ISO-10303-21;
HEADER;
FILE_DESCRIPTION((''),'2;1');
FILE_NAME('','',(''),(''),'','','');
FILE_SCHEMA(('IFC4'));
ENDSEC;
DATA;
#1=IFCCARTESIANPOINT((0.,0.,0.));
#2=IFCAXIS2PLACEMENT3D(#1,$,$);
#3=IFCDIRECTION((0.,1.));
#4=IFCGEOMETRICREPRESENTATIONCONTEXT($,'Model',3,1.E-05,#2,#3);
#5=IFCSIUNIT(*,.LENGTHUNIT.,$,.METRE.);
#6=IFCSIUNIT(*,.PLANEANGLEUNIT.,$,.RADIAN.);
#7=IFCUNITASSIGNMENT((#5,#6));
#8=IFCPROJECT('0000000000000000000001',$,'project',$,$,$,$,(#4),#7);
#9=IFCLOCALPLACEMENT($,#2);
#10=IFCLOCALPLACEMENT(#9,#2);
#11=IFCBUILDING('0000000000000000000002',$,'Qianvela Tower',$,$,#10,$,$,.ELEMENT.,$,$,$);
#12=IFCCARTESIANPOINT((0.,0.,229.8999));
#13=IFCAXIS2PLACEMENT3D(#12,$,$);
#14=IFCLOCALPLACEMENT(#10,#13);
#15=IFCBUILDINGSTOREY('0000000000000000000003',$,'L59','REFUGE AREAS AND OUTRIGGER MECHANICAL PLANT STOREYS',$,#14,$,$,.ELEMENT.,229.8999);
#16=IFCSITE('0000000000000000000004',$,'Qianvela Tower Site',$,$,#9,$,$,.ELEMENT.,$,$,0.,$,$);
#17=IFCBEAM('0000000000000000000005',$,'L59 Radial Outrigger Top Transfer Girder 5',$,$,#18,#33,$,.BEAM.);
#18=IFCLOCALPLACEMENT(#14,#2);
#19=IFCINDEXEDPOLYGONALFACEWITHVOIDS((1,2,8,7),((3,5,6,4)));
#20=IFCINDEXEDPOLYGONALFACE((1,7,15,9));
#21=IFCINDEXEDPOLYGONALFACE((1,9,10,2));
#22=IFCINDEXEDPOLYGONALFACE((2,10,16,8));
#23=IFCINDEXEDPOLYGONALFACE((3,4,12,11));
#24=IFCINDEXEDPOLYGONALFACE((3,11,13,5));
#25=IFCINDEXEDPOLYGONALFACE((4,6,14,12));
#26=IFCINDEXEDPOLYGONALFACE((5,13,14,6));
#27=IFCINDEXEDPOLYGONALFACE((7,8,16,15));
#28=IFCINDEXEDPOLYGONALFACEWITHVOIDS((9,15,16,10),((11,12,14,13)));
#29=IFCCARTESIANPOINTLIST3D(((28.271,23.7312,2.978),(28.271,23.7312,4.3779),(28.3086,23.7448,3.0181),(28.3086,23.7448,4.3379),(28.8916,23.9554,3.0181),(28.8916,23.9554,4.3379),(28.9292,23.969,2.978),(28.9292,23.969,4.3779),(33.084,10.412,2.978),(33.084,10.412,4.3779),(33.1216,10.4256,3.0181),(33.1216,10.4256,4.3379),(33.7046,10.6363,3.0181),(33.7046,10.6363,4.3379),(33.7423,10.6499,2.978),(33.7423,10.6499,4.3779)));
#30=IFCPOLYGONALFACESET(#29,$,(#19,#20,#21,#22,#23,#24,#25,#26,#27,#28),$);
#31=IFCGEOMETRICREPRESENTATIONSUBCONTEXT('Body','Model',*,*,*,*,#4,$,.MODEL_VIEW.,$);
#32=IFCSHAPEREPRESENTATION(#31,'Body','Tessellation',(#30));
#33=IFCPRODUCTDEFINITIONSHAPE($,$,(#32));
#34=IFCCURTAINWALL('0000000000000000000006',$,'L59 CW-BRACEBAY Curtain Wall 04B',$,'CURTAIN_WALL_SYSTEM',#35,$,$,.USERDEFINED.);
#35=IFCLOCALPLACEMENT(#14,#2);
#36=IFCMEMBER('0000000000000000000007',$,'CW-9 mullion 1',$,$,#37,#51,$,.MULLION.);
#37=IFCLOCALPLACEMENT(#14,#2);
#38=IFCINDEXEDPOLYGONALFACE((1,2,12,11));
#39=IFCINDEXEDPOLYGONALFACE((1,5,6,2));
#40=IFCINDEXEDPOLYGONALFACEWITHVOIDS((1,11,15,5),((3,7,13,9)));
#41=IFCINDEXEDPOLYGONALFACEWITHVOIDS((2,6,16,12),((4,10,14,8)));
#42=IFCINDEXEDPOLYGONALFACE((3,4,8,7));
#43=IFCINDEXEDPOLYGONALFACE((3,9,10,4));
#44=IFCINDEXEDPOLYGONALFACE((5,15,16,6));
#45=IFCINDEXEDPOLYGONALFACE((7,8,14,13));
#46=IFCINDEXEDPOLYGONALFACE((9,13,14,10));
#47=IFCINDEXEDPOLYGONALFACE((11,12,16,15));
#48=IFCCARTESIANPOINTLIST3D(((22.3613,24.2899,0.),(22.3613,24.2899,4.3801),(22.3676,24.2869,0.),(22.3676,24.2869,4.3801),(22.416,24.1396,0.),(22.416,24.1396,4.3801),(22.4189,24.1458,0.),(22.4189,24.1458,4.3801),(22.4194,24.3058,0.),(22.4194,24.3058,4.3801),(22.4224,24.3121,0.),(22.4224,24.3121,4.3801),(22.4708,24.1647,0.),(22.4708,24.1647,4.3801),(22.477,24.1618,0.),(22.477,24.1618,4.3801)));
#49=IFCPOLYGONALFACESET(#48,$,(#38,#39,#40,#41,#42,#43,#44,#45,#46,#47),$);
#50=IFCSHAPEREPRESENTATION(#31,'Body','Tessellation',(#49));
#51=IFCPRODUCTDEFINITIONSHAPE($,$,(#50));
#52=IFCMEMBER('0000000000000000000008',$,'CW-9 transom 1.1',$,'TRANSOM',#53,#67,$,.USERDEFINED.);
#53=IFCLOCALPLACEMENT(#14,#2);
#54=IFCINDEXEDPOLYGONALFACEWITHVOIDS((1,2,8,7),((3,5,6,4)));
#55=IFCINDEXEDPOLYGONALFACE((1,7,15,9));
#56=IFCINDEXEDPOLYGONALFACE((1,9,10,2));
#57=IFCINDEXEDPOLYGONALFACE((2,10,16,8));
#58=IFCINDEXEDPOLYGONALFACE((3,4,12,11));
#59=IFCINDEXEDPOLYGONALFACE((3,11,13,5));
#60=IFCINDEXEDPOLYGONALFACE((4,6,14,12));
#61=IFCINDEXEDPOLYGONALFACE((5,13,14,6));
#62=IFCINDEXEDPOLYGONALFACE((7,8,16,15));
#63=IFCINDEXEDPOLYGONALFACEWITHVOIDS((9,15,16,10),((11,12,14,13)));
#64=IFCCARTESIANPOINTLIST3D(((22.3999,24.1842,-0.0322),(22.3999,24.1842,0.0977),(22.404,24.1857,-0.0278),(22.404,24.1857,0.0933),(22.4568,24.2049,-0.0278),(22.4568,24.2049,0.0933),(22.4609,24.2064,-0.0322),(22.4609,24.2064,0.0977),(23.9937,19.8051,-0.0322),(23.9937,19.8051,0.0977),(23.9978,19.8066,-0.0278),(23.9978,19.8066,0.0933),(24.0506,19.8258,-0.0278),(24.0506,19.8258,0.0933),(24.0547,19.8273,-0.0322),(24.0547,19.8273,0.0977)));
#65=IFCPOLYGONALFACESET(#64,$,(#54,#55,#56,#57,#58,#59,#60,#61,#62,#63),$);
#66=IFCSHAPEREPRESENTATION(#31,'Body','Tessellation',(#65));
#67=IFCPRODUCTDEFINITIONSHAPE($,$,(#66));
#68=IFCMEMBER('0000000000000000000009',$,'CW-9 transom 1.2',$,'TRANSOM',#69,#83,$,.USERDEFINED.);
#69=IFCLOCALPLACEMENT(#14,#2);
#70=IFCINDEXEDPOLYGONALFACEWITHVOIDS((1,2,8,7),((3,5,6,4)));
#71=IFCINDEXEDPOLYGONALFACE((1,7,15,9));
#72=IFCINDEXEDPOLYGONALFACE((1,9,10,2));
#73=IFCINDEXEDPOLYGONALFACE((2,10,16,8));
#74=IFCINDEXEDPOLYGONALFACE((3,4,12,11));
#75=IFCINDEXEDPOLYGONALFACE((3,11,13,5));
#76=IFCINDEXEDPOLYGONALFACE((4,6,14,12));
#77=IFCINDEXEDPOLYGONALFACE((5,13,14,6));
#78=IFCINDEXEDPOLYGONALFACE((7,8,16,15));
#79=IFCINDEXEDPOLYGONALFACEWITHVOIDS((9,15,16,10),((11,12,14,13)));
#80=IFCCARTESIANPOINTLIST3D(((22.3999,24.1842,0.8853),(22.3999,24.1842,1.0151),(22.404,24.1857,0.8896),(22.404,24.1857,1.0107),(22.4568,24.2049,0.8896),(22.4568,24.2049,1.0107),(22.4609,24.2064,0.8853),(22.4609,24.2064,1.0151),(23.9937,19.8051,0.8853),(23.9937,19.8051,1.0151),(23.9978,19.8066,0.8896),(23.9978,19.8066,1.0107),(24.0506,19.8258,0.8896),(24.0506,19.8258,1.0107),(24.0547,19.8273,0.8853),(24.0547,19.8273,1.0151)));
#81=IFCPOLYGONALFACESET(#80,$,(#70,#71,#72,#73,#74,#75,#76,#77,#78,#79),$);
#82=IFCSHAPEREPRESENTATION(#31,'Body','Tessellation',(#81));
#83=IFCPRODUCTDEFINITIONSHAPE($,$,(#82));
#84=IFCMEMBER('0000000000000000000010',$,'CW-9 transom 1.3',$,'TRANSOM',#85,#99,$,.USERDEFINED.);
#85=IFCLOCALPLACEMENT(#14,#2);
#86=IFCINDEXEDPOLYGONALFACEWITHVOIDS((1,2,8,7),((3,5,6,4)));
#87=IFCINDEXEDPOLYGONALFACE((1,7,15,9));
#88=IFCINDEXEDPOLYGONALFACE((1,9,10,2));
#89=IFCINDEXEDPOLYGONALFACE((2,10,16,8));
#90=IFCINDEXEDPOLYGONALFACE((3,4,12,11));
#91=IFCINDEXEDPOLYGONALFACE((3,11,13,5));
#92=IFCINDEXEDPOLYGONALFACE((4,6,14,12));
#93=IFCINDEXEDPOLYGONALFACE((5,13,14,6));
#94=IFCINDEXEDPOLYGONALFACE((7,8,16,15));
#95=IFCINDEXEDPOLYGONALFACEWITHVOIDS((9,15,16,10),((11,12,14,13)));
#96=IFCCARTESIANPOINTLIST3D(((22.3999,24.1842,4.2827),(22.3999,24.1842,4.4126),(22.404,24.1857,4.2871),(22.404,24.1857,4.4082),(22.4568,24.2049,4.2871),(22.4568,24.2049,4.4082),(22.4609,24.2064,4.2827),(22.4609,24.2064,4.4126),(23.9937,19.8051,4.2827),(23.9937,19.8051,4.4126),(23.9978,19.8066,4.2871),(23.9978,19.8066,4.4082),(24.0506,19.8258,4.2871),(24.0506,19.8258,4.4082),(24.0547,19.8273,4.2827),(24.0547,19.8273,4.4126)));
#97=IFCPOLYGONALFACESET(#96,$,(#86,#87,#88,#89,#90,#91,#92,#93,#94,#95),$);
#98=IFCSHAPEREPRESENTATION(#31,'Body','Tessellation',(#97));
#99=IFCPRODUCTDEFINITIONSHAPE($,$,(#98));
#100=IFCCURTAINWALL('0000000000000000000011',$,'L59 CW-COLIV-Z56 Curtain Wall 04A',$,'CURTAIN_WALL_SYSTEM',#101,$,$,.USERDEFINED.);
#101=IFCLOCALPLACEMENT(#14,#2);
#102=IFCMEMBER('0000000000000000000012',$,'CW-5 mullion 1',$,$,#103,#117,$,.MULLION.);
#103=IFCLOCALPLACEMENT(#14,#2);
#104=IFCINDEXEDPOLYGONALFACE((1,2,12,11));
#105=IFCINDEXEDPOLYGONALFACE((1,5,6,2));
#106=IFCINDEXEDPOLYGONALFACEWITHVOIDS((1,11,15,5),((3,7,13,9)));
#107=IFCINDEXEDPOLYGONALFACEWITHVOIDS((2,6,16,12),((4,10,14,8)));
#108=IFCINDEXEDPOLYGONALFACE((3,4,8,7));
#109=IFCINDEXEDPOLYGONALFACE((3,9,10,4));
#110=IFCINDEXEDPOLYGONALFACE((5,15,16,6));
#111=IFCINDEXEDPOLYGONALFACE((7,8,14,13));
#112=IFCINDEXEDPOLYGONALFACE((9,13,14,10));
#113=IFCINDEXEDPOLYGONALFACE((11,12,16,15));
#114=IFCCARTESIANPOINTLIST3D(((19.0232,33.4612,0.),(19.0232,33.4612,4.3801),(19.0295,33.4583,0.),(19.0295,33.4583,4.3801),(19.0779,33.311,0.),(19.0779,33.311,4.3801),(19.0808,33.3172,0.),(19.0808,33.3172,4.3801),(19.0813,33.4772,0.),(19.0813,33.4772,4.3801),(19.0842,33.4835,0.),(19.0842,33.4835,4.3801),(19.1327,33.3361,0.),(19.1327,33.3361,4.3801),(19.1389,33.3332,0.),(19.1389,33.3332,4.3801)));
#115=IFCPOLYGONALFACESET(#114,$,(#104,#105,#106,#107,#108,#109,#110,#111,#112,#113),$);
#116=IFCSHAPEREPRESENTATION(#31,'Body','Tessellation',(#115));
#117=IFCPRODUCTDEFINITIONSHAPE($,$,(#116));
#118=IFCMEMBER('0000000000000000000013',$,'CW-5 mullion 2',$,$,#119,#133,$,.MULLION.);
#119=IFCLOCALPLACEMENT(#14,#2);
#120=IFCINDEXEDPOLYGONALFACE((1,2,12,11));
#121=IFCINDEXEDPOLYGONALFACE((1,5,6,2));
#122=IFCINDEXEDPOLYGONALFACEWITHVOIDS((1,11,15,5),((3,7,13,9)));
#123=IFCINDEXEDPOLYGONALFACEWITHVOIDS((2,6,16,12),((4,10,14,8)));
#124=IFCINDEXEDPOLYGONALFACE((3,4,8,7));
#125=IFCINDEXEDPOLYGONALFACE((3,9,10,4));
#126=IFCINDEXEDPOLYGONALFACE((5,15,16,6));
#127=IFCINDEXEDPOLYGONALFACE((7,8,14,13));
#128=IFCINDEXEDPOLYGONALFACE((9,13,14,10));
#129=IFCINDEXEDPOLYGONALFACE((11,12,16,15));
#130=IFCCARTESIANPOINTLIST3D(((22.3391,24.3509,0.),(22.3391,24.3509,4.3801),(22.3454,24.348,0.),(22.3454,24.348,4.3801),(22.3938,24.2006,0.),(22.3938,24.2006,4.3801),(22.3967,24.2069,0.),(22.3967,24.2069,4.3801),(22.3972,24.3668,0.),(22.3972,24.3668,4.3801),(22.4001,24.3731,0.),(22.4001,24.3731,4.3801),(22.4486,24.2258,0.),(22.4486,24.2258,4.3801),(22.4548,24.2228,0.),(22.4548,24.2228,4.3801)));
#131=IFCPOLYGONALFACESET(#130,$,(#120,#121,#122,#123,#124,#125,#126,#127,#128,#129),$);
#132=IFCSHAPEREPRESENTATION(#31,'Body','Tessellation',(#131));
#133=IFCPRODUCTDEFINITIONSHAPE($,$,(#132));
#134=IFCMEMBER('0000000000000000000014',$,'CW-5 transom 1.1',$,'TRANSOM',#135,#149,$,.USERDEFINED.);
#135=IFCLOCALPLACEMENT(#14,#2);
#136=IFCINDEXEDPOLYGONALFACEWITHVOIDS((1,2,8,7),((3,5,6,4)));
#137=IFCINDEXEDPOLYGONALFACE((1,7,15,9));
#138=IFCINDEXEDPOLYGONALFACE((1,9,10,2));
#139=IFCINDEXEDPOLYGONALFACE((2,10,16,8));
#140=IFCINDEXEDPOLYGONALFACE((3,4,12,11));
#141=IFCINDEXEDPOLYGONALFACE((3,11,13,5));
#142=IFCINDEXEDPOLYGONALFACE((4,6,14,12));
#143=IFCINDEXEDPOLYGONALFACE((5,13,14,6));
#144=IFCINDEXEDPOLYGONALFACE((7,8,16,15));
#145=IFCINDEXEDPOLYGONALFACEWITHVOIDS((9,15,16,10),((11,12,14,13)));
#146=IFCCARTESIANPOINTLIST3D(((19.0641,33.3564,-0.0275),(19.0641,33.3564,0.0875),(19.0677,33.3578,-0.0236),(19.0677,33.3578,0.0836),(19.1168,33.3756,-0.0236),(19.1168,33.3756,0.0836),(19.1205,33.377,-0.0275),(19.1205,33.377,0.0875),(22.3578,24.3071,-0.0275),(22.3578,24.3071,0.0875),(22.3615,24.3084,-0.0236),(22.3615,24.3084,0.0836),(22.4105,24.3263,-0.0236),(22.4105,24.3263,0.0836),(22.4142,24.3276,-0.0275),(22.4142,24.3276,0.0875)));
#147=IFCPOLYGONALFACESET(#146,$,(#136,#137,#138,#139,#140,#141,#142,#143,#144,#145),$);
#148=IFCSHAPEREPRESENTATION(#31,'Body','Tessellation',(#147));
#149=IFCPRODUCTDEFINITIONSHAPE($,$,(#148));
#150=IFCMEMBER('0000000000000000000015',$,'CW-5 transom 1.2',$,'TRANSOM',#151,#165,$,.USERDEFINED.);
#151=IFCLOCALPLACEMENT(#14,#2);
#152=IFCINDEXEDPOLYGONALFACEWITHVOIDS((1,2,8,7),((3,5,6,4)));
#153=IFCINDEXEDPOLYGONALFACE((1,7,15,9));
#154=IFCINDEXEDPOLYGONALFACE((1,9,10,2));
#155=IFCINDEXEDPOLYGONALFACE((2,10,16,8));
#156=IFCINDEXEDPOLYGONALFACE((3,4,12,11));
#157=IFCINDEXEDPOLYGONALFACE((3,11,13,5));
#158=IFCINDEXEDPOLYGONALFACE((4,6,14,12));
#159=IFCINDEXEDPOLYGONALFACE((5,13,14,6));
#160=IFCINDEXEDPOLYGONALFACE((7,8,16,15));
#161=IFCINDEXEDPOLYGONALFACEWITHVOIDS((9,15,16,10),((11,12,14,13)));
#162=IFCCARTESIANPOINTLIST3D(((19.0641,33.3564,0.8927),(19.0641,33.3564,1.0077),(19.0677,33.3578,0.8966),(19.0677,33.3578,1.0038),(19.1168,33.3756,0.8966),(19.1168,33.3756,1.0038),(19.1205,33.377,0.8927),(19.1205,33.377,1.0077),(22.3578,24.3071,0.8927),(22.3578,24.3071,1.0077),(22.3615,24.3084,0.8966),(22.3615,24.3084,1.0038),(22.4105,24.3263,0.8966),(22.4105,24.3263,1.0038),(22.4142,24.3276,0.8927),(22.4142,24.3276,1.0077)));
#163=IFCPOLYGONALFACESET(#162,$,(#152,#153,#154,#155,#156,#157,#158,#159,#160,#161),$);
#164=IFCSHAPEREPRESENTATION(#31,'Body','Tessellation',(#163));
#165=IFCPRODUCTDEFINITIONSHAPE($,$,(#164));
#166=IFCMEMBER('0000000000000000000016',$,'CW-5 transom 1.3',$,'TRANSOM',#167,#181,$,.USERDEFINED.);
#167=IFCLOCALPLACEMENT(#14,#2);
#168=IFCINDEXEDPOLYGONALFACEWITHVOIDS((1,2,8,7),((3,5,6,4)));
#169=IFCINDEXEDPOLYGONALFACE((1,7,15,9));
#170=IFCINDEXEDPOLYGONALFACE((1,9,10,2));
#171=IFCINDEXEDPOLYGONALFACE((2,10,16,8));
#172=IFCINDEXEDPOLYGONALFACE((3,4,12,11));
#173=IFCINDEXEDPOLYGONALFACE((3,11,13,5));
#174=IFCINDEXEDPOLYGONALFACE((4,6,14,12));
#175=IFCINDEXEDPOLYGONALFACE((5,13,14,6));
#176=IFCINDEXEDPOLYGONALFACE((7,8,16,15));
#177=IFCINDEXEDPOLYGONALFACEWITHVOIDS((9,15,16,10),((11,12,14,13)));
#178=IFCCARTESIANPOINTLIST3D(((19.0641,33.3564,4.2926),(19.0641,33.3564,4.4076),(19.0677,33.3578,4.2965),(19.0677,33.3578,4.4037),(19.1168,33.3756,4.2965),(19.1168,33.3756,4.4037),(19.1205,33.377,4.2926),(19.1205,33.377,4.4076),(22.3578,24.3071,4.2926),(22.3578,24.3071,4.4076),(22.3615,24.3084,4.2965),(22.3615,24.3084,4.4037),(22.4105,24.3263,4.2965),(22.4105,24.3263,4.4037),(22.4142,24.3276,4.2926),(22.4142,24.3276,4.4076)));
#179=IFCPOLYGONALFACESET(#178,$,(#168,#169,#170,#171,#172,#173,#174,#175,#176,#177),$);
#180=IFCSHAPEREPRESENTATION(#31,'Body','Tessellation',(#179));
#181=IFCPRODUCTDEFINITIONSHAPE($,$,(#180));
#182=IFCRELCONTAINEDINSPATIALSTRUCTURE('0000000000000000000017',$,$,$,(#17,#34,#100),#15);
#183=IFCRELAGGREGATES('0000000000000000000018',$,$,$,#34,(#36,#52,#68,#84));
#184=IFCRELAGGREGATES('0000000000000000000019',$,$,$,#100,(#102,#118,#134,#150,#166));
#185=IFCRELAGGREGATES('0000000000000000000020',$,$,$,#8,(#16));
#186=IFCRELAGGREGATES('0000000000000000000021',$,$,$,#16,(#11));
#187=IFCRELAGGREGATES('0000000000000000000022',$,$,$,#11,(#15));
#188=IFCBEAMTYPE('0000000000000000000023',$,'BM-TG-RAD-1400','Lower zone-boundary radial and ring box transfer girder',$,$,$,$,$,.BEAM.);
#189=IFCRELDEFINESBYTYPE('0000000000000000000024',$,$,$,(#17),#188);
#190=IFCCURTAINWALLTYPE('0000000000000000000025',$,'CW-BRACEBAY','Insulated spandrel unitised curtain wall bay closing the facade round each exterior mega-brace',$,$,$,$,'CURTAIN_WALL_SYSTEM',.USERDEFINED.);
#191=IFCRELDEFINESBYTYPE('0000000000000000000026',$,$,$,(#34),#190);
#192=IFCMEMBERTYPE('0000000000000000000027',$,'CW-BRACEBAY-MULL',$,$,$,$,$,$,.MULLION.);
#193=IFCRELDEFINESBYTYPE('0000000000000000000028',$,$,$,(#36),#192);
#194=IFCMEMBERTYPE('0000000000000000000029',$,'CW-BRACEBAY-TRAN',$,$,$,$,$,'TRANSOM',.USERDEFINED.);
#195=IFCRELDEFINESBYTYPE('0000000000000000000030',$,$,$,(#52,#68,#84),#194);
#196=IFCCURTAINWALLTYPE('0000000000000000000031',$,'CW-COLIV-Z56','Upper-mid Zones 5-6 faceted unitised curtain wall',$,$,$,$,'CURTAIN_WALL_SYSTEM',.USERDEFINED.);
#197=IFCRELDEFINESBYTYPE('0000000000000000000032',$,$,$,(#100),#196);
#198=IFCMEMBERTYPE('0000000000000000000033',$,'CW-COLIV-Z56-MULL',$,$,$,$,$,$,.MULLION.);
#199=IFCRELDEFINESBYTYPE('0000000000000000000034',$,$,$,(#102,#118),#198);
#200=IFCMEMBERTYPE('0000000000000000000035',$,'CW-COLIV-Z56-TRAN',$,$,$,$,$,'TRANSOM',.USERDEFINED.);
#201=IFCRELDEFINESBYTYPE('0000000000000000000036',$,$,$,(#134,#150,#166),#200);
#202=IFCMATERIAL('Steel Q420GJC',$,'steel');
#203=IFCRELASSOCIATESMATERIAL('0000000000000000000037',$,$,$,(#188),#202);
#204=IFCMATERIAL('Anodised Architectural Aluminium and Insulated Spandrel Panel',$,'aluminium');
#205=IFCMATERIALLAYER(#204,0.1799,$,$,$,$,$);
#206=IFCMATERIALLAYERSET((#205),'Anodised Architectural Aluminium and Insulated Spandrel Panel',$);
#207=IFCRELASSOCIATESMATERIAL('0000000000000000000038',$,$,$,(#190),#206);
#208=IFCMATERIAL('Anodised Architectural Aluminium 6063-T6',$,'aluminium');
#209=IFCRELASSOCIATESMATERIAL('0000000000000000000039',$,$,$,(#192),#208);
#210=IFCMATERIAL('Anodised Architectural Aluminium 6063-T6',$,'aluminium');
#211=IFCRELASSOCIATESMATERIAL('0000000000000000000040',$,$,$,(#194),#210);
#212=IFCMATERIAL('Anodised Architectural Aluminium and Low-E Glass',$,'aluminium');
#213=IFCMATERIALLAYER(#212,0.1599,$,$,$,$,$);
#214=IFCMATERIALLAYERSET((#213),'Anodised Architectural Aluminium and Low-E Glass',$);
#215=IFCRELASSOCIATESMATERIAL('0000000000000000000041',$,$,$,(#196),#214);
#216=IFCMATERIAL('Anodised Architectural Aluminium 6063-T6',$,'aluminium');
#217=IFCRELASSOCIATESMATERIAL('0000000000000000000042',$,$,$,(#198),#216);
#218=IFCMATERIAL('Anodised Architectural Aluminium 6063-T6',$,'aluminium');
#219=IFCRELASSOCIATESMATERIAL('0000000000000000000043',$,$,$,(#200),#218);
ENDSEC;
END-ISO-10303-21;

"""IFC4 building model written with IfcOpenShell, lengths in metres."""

from ifc_helpers import new_model, si_unit, direction, frame, origin, origin_2d, place, context, subcontext, project, spatial, hollow_rectangle, extrude, material, layer, layer_set, material_profile, profile_set, type_object, element, aggregate, save


model = new_model("IFC4")

# Units and contexts
model_context = context("Model", 3, precision=1e-05, world=origin(), true_north=direction((0.0, 1.0)))
body_context = subcontext(model_context, "Body", "Model", "MODEL_VIEW")
ifc_project = project(units=[si_unit("LENGTHUNIT", "METRE"), si_unit("PLANEANGLEUNIT", "RADIAN")], contexts=[model_context])

# Site, building, storey
site_placement = place(None, origin())
site = spatial("IfcSite", under=ifc_project, at=site_placement, Name="Qianvela Tower Site", CompositionType="ELEMENT", RefElevation=0.0)
building_placement = place(site_placement, origin())
building = spatial("IfcBuilding", under=site, at=building_placement, Name="Qianvela Tower", CompositionType="ELEMENT")
storey_placement = place(building_placement, frame((0.0, 0.0, 229.8999)))
storey = spatial("IfcBuildingStorey", under=building, at=storey_placement, Name="L59", Description="REFUGE AREAS AND OUTRIGGER MECHANICAL PLANT STOREYS", CompositionType="ELEMENT", Elevation=229.8999)

# Beam
ifc_material_1 = material(Name="Steel Q420GJC", Category="steel")
ifc_material_profile_1 = material_profile(ifc_material_1, hollow_rectangle(XDim=0.7, YDim=1.3999, WallThickness=0.04, at=origin_2d()), Name="TG-BOX-1400x700x40")
ifc_profile_set_1 = profile_set([ifc_material_profile_1], Name="Steel Q420GJC")
beam_type = type_object("IfcBeamType", Name="BM-TG-RAD-1400", Description="Lower zone-boundary radial and ring box transfer girder", PredefinedType="BEAM", material=ifc_profile_set_1)
beam_placement = place(storey_placement, frame((28.6001, 23.8501, 3.678), z_axis=(0.339852, -0.940479, 0.0), x_axis=(0.940479, 0.339852, 0.0)))
element("IfcBeam", 1, at=beam_placement, inside=storey, type_object=beam_type, Name="L59 Radial Outrigger Top Transfer Girder 5", PredefinedType="BEAM", context=body_context, shape_type="SweptSolid", body=[
    extrude(hollow_rectangle(XDim=0.7, YDim=1.3999, WallThickness=0.04, at=origin_2d()), origin(), (0.0, 0.0, 1.0), 14.1621),
])

# Curtain wall, members
ifc_material_2 = material(Name="Anodised Architectural Aluminium and Insulated Spandrel Panel", Category="aluminium")
ifc_layer_1 = layer(ifc_material_2, 0.1799)
ifc_layer_set_1 = layer_set([ifc_layer_1], Name="Anodised Architectural Aluminium and Insulated Spandrel Panel")
curtain_wall_type_1 = type_object("IfcCurtainWallType", Name="CW-BRACEBAY", Description="Insulated spandrel unitised curtain wall bay closing the facade round each exterior mega-brace", ElementType="CURTAIN_WALL_SYSTEM", PredefinedType="USERDEFINED", material=ifc_layer_set_1)
curtain_wall_1_placement = place(storey_placement, origin())
curtain_wall_1 = element("IfcCurtainWall", 2, at=curtain_wall_1_placement, inside=storey, type_object=curtain_wall_type_1, Name="L59 CW-BRACEBAY Curtain Wall 04B", ObjectType="CURTAIN_WALL_SYSTEM", PredefinedType="USERDEFINED")
ifc_material_3 = material(Name="Anodised Architectural Aluminium 6063-T6", Category="aluminium")
ifc_material_profile_2 = material_profile(ifc_material_3, hollow_rectangle(XDim=0.0649, YDim=0.1599, WallThickness=0.0049, at=origin_2d()), Name="ALU-MULL-65x160")
ifc_profile_set_2 = profile_set([ifc_material_profile_2], Name="Anodised Architectural Aluminium 6063-T6")
member_type_1 = type_object("IfcMemberType", Name="CW-BRACEBAY-MULL", PredefinedType="MULLION", material=ifc_profile_set_2)
member_1_placement = place(storey_placement, frame((22.4192, 24.2258, 0.0), z_axis=(0.0, 0.0, 1.0), x_axis=(0.93969, 0.342026, 0.0)))
member_1 = element("IfcMember", 3, at=member_1_placement, type_object=member_type_1, Name="CW-9 mullion 1", PredefinedType="MULLION", context=body_context, shape_type="SweptSolid", body=[
    extrude(hollow_rectangle(XDim=0.0649, YDim=0.1599, WallThickness=0.0049, at=origin_2d()), origin(), (0.0, 0.0, 1.0), 4.3801),
])
ifc_material_4 = material(Name="Anodised Architectural Aluminium 6063-T6", Category="aluminium")
ifc_material_profile_3 = material_profile(ifc_material_4, hollow_rectangle(XDim=0.0649, YDim=0.1299, WallThickness=0.0044, at=origin_2d()), Name="ALU-TRAN-65x130")
ifc_profile_set_3 = profile_set([ifc_material_profile_3], Name="Anodised Architectural Aluminium 6063-T6")
member_type_2 = type_object("IfcMemberType", Name="CW-BRACEBAY-TRAN", ElementType="TRANSOM", PredefinedType="USERDEFINED", material=ifc_profile_set_3)
member_2_placement = place(storey_placement, frame((22.4304, 24.1953, 0.0327), z_axis=(0.341995, -0.939702, 0.0), x_axis=(0.939702, 0.341995, 0.0)))
member_2 = element("IfcMember", 4, at=member_2_placement, type_object=member_type_2, Name="CW-9 transom 1.1", ObjectType="TRANSOM", PredefinedType="USERDEFINED", context=body_context, shape_type="SweptSolid", body=[
    extrude(hollow_rectangle(XDim=0.0649, YDim=0.1299, WallThickness=0.0044, at=origin_2d()), origin(), (0.0, 0.0, 1.0), 4.6602),
])
member_3_placement = place(storey_placement, frame((22.4304, 24.1953, 0.9502), z_axis=(0.341995, -0.939702, 0.0), x_axis=(0.939702, 0.341995, 0.0)))
member_3 = element("IfcMember", 5, at=member_3_placement, type_object=member_type_2, Name="CW-9 transom 1.2", ObjectType="TRANSOM", PredefinedType="USERDEFINED", context=body_context, shape_type="SweptSolid", body=[
    extrude(hollow_rectangle(XDim=0.0649, YDim=0.1299, WallThickness=0.0044, at=origin_2d()), origin(), (0.0, 0.0, 1.0), 4.6602),
])
member_4_placement = place(storey_placement, frame((22.4304, 24.1953, 4.3477), z_axis=(0.341995, -0.939702, 0.0), x_axis=(0.939702, 0.341995, 0.0)))
member_4 = element("IfcMember", 6, at=member_4_placement, type_object=member_type_2, Name="CW-9 transom 1.3", ObjectType="TRANSOM", PredefinedType="USERDEFINED", context=body_context, shape_type="SweptSolid", body=[
    extrude(hollow_rectangle(XDim=0.0649, YDim=0.1299, WallThickness=0.0044, at=origin_2d()), origin(), (0.0, 0.0, 1.0), 4.6602),
])
aggregate(curtain_wall_1, [member_1, member_2, member_3, member_4])

# Curtain wall, members
ifc_material_5 = material(Name="Anodised Architectural Aluminium and Low-E Glass", Category="aluminium")
ifc_layer_2 = layer(ifc_material_5, 0.1599)
ifc_layer_set_2 = layer_set([ifc_layer_2], Name="Anodised Architectural Aluminium and Low-E Glass")
curtain_wall_type_2 = type_object("IfcCurtainWallType", Name="CW-COLIV-Z56", Description="Upper-mid Zones 5-6 faceted unitised curtain wall", ElementType="CURTAIN_WALL_SYSTEM", PredefinedType="USERDEFINED", material=ifc_layer_set_2)
curtain_wall_2_placement = place(storey_placement, origin())
curtain_wall_2 = element("IfcCurtainWall", 7, at=curtain_wall_2_placement, inside=storey, type_object=curtain_wall_type_2, Name="L59 CW-COLIV-Z56 Curtain Wall 04A", ObjectType="CURTAIN_WALL_SYSTEM", PredefinedType="USERDEFINED")
ifc_material_6 = material(Name="Anodised Architectural Aluminium 6063-T6", Category="aluminium")
ifc_material_profile_4 = material_profile(ifc_material_6, hollow_rectangle(XDim=0.0649, YDim=0.1599, WallThickness=0.0049, at=origin_2d()), Name="ALU-MULL-65x160")
ifc_profile_set_4 = profile_set([ifc_material_profile_4], Name="Anodised Architectural Aluminium 6063-T6")
member_type_3 = type_object("IfcMemberType", Name="CW-COLIV-Z56-MULL", PredefinedType="MULLION", material=ifc_profile_set_4)
member_5_placement = place(storey_placement, frame((19.0811, 33.3972, 0.0), z_axis=(0.0, 0.0, 1.0), x_axis=(0.939693, 0.342019, 0.0)))
member_5 = element("IfcMember", 8, at=member_5_placement, type_object=member_type_3, Name="CW-5 mullion 1", PredefinedType="MULLION", context=body_context, shape_type="SweptSolid", body=[
    extrude(hollow_rectangle(XDim=0.0649, YDim=0.1599, WallThickness=0.0049, at=origin_2d()), origin(), (0.0, 0.0, 1.0), 4.3801),
])
member_6_placement = place(storey_placement, frame((22.397, 24.2869, 0.0), z_axis=(0.0, 0.0, 1.0), x_axis=(0.939693, 0.342019, 0.0)))
member_6 = element("IfcMember", 9, at=member_6_placement, type_object=member_type_3, Name="CW-5 mullion 2", PredefinedType="MULLION", context=body_context, shape_type="SweptSolid", body=[
    extrude(hollow_rectangle(XDim=0.0649, YDim=0.1599, WallThickness=0.0049, at=origin_2d()), origin(), (0.0, 0.0, 1.0), 4.3801),
])
ifc_material_7 = material(Name="Anodised Architectural Aluminium 6063-T6", Category="aluminium")
ifc_material_profile_5 = material_profile(ifc_material_7, hollow_rectangle(XDim=0.0601, YDim=0.115, WallThickness=0.0039, at=origin_2d()), Name="ALU-TRAN-60x115")
ifc_profile_set_5 = profile_set([ifc_material_profile_5], Name="Anodised Architectural Aluminium 6063-T6")
member_type_4 = type_object("IfcMemberType", Name="CW-COLIV-Z56-TRAN", ElementType="TRANSOM", PredefinedType="USERDEFINED", material=ifc_profile_set_5)
member_7_placement = place(storey_placement, frame((19.0923, 33.3667, 0.03), z_axis=(0.342022, -0.939692, 0.0), x_axis=(0.939692, 0.342022, 0.0)))
member_7 = element("IfcMember", 10, at=member_7_placement, type_object=member_type_4, Name="CW-5 transom 1.1", ObjectType="TRANSOM", PredefinedType="USERDEFINED", context=body_context, shape_type="SweptSolid", body=[
    extrude(hollow_rectangle(XDim=0.0601, YDim=0.115, WallThickness=0.0039, at=origin_2d()), origin(), (0.0, 0.0, 1.0), 9.6301),
])
member_8_placement = place(storey_placement, frame((19.0923, 33.3667, 0.9502), z_axis=(0.342022, -0.939692, 0.0), x_axis=(0.939692, 0.342022, 0.0)))
member_8 = element("IfcMember", 11, at=member_8_placement, type_object=member_type_4, Name="CW-5 transom 1.2", ObjectType="TRANSOM", PredefinedType="USERDEFINED", context=body_context, shape_type="SweptSolid", body=[
    extrude(hollow_rectangle(XDim=0.0601, YDim=0.115, WallThickness=0.0039, at=origin_2d()), origin(), (0.0, 0.0, 1.0), 9.6301),
])
member_9_placement = place(storey_placement, frame((19.0923, 33.3667, 4.3501), z_axis=(0.342022, -0.939692, 0.0), x_axis=(0.939692, 0.342022, 0.0)))
member_9 = element("IfcMember", 12, at=member_9_placement, type_object=member_type_4, Name="CW-5 transom 1.3", ObjectType="TRANSOM", PredefinedType="USERDEFINED", context=body_context, shape_type="SweptSolid", body=[
    extrude(hollow_rectangle(XDim=0.0601, YDim=0.115, WallThickness=0.0039, at=origin_2d()), origin(), (0.0, 0.0, 1.0), 9.6301),
])
aggregate(curtain_wall_2, [member_5, member_6, member_7, member_8, member_9])

save(model, "model.ifc")
